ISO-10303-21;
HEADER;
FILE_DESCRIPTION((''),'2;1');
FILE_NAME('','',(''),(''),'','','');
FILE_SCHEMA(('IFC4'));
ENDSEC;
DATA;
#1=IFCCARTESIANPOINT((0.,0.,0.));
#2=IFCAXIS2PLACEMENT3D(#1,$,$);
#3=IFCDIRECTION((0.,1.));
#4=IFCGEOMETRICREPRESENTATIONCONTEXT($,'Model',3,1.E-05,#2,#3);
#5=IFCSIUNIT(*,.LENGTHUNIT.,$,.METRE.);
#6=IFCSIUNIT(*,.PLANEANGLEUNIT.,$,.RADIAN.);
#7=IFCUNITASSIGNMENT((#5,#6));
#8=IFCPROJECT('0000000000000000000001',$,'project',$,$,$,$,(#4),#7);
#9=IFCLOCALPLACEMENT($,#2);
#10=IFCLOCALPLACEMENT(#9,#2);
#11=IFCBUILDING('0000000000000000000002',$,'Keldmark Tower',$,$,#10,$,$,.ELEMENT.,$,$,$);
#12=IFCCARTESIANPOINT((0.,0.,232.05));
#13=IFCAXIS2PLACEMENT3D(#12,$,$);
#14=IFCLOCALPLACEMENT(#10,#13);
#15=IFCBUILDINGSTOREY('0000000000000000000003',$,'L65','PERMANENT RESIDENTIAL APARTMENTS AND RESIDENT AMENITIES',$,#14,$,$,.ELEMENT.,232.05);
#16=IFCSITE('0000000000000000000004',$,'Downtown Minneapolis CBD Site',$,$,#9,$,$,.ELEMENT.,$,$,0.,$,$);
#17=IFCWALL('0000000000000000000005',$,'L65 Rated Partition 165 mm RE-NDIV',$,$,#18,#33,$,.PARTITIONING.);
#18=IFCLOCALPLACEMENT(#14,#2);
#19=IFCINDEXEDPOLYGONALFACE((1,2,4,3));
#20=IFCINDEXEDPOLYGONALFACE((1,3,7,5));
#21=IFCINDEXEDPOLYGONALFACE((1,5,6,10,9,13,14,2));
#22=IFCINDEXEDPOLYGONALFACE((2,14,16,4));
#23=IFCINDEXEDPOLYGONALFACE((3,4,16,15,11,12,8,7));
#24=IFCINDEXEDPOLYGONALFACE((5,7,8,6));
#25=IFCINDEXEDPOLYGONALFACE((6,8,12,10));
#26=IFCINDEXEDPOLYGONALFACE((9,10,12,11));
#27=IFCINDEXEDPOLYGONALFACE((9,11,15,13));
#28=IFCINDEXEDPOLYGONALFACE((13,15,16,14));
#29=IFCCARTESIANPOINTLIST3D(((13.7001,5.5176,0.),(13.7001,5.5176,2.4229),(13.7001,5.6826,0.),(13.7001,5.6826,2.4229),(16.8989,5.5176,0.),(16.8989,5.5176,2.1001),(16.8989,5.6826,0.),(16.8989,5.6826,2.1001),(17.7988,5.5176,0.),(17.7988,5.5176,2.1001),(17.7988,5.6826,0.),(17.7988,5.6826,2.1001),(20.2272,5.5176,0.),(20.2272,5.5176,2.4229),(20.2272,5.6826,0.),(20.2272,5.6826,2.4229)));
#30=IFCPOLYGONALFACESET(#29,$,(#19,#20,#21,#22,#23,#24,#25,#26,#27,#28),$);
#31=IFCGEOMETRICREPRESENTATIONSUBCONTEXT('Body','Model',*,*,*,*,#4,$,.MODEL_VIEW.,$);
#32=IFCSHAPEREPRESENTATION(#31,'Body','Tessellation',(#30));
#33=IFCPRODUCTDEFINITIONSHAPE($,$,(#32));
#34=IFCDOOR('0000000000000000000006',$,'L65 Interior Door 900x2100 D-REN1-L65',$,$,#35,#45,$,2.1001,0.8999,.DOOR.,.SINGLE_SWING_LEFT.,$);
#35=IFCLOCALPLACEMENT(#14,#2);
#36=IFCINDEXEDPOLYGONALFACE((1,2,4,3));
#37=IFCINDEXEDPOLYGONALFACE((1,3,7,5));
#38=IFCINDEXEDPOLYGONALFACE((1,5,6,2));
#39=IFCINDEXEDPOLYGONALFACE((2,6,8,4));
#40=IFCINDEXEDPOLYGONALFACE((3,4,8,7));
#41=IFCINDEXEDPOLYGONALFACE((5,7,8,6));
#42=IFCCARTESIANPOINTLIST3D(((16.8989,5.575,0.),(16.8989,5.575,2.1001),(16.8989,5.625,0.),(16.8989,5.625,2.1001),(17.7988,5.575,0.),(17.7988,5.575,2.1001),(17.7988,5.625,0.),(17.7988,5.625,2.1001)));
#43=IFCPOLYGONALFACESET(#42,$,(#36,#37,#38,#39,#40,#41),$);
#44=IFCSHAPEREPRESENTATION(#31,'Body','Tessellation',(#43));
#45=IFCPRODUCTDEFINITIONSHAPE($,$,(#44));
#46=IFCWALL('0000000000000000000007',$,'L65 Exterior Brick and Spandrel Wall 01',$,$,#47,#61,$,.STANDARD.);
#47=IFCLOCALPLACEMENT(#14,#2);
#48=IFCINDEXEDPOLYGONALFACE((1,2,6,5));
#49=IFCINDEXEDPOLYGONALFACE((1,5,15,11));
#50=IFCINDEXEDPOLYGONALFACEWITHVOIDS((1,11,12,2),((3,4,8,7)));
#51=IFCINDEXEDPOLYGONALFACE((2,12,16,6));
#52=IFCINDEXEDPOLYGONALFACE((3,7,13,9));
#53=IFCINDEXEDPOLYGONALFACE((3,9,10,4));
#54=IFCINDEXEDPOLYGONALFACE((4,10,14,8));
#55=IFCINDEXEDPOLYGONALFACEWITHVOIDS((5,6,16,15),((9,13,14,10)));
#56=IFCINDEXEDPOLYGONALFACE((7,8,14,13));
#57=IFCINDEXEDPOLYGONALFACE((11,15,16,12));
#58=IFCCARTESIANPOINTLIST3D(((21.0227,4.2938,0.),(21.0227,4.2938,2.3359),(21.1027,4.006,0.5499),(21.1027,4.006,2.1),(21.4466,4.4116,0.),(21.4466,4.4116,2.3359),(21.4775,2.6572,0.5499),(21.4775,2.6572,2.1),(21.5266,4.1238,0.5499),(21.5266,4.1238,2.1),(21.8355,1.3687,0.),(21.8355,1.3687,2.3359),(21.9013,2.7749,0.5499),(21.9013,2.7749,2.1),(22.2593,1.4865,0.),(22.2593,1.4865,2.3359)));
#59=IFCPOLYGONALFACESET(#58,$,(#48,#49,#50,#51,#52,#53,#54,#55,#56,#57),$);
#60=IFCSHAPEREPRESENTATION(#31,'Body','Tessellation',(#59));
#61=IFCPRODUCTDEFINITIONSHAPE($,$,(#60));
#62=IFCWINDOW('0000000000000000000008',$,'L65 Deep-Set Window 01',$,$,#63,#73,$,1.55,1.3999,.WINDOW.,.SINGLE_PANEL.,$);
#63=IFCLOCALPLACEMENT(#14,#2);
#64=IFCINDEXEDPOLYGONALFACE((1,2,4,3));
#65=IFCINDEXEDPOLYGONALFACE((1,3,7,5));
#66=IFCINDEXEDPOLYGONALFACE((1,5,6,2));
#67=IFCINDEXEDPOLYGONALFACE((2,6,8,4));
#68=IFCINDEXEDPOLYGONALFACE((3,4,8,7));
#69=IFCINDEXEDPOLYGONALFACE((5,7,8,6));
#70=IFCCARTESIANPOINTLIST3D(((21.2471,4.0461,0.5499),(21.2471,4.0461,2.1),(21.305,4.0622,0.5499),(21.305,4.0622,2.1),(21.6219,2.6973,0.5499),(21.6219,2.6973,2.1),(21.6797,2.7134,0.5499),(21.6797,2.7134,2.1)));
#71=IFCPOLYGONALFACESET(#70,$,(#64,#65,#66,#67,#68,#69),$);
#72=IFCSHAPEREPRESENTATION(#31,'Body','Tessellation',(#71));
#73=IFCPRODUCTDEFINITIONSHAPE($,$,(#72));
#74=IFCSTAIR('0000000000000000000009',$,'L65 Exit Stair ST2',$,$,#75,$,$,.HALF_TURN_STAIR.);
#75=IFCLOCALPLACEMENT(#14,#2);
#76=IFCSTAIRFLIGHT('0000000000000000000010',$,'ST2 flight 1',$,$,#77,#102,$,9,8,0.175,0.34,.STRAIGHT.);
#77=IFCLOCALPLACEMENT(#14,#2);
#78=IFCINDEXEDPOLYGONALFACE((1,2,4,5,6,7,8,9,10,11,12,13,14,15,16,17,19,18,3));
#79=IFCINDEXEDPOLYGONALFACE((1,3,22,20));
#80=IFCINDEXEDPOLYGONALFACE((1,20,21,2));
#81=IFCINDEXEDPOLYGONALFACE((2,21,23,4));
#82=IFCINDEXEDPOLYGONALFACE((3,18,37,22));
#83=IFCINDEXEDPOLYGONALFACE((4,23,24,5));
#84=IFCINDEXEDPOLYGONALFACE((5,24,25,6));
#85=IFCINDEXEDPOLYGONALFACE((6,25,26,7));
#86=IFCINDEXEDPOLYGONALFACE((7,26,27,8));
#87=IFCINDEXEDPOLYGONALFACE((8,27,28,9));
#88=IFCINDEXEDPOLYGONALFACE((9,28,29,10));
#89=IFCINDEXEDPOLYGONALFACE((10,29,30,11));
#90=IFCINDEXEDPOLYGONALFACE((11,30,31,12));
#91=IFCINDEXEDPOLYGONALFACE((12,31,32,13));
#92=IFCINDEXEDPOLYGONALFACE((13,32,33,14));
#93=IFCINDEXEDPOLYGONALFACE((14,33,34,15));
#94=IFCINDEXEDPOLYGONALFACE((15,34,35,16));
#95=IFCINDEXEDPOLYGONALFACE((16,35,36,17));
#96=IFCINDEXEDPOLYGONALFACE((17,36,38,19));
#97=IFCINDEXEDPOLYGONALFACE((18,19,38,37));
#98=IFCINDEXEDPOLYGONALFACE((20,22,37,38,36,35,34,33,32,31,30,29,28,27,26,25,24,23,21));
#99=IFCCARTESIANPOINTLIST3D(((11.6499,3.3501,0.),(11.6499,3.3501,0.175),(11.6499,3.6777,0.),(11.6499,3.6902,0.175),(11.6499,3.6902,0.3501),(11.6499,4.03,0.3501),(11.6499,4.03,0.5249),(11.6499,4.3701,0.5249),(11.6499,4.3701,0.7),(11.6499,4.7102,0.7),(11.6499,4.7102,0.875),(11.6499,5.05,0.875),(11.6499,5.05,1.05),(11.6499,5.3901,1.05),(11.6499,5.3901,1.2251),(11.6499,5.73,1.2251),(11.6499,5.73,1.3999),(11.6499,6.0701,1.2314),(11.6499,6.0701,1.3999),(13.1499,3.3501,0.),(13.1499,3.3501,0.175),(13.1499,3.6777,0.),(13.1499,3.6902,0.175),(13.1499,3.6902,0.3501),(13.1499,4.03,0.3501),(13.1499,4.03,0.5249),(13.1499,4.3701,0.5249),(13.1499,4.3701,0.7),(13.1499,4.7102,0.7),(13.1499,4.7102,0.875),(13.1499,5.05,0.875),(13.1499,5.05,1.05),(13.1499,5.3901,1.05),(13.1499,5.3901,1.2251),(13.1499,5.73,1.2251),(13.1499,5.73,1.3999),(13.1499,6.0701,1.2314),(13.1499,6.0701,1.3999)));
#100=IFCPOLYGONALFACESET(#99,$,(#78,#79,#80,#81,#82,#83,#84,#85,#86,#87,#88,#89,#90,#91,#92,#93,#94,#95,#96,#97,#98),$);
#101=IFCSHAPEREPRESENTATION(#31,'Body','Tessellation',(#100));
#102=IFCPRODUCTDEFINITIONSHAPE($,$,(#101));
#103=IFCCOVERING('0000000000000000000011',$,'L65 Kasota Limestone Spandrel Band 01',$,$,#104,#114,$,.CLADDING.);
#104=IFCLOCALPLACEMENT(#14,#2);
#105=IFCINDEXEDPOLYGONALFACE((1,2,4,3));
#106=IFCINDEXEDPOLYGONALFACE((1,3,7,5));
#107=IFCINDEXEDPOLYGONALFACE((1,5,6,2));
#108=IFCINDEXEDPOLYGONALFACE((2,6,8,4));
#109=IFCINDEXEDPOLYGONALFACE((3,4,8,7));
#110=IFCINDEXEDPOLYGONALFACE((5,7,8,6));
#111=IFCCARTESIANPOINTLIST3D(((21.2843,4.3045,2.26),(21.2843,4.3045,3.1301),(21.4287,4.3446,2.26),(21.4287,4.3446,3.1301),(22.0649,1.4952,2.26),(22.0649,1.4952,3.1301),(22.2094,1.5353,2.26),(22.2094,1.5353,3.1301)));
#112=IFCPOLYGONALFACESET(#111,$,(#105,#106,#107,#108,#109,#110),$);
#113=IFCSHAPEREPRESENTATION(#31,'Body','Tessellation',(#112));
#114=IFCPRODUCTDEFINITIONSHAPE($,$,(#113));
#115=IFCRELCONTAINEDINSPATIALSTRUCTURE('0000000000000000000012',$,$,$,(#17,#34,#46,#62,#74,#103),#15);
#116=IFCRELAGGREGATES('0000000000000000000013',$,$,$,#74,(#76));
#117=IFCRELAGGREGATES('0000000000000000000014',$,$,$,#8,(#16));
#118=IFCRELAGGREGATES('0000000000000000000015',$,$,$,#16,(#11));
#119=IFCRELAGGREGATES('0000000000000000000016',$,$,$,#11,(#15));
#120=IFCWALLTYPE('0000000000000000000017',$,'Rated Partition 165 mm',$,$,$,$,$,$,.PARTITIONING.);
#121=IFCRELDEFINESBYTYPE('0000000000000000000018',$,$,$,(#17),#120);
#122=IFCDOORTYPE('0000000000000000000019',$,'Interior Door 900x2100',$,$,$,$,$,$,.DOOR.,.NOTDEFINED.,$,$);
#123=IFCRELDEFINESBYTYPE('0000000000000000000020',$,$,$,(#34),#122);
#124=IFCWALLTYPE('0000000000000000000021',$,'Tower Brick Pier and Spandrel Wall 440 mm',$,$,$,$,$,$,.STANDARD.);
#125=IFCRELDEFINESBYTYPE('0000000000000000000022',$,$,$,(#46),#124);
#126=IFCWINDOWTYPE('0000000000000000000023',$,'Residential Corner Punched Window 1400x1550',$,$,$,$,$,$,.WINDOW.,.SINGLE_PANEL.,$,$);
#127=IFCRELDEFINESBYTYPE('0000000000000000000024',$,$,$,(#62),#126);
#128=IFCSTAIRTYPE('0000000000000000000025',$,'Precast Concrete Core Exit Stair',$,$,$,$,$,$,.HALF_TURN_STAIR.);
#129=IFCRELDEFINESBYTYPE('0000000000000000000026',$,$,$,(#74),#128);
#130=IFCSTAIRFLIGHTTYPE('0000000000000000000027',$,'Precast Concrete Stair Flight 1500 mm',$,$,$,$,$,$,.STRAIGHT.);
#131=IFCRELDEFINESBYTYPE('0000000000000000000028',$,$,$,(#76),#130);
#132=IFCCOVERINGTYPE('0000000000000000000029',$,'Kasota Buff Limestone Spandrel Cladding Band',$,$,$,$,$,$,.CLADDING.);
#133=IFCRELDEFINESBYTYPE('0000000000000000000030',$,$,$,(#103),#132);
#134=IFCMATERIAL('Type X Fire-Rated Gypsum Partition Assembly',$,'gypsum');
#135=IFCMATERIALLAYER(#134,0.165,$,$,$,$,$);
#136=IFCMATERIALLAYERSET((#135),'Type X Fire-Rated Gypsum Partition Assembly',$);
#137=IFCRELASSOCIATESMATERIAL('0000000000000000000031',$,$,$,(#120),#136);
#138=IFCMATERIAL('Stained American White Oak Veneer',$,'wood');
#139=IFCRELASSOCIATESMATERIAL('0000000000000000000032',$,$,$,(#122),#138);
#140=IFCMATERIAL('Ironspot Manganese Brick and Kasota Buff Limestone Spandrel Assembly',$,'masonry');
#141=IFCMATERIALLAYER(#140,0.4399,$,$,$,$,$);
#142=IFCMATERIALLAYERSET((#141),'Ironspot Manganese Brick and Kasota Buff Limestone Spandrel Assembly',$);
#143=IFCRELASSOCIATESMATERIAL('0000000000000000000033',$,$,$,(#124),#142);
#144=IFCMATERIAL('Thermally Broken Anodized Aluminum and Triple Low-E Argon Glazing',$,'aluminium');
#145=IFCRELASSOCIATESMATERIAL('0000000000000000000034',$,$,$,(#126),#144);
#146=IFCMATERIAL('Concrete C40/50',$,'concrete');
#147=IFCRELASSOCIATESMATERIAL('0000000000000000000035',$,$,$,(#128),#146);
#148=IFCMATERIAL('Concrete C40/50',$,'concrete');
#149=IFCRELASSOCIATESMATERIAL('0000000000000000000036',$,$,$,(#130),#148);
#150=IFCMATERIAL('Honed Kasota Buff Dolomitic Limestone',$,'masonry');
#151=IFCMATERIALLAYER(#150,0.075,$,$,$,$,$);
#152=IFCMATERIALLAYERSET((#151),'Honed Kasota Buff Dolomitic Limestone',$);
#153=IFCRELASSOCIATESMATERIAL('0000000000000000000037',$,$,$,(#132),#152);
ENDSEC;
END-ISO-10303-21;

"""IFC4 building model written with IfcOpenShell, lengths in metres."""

from ifc_helpers import new_model, si_unit, direction, frame, frame_2d, origin, origin_2d, place, context, subcontext, project, spatial, polyline, rectangle, outline, extrude, material, layer, layer_set, type_object, element, fill, aggregate, save


model = new_model("IFC4")

# Units and contexts
model_context = context("Model", 3, precision=1e-05, world=origin(), true_north=direction((0.0, 1.0)))
body_context = subcontext(model_context, "Body", "Model", "MODEL_VIEW")
ifc_project = project(units=[si_unit("LENGTHUNIT", "METRE"), si_unit("PLANEANGLEUNIT", "RADIAN")], contexts=[model_context])

# Site, building, storey
site_placement = place(None, origin())
site = spatial("IfcSite", under=ifc_project, at=site_placement, Name="Downtown Minneapolis CBD Site", CompositionType="ELEMENT", RefElevation=0.0)
building_placement = place(site_placement, origin())
building = spatial("IfcBuilding", under=site, at=building_placement, Name="Keldmark Tower", CompositionType="ELEMENT")
storey_placement = place(building_placement, frame((0.0, 0.0, 232.05)))
storey = spatial("IfcBuildingStorey", under=building, at=storey_placement, Name="L65", Description="PERMANENT RESIDENTIAL APARTMENTS AND RESIDENT AMENITIES", CompositionType="ELEMENT", Elevation=232.05)

# Wall, opening, door
ifc_material_1 = material(Name="Type X Fire-Rated Gypsum Partition Assembly", Category="gypsum")
ifc_layer_1 = layer(ifc_material_1, 0.165)
ifc_layer_set_1 = layer_set([ifc_layer_1], Name="Type X Fire-Rated Gypsum Partition Assembly")
wall_type_1 = type_object("IfcWallType", Name="Rated Partition 165 mm", PredefinedType="PARTITIONING", material=ifc_layer_set_1)
wall_1_placement = place(storey_placement, frame((13.7, 5.6001, 0.0), z_axis=(0.0, 0.0, 1.0), x_axis=(1.0, 0.0, 0.0)))
wall_1 = element("IfcWall", 1, at=wall_1_placement, inside=storey, type_object=wall_type_1, Name="L65 Rated Partition 165 mm RE-NDIV", PredefinedType="PARTITIONING", context=body_context, shape_type="SweptSolid", body=[
    extrude(rectangle(XDim=6.5271, YDim=0.165, at=frame_2d((3.2637, 0.0))), origin(), (0.0, 0.0, 1.0), 2.4229),
])
opening_1_placement = place(wall_1_placement, frame((3.199, 0.0, 0.0)))
opening_1 = element("IfcOpeningElement", 2, at=opening_1_placement, cuts=wall_1, PredefinedType="OPENING", context=body_context, shape_type="SweptSolid", body=[
    extrude(rectangle(XDim=0.8999, YDim=2.1001, at=frame_2d((0.45, 1.05))), frame((0.0, 0.0925, 0.0), z_axis=(0.0, -1.0, 0.0), x_axis=(1.0, 0.0, 0.0)), (0.0, 0.0, 1.0), 0.1851),
])
ifc_material_2 = material(Name="Stained American White Oak Veneer", Category="wood")
door_type_1 = type_object("IfcDoorType", Name="Interior Door 900x2100", OperationType="NOTDEFINED", PredefinedType="DOOR", material=ifc_material_2)
door_1_placement = place(opening_1_placement, origin())
door_1 = element("IfcDoor", 3, at=door_1_placement, inside=storey, type_object=door_type_1, Name="L65 Interior Door 900x2100 D-REN1-L65", OperationType="SINGLE_SWING_LEFT", OverallHeight=2.1001, OverallWidth=0.8999, PredefinedType="DOOR", context=body_context, shape_type="SweptSolid", body=[
    extrude(rectangle(XDim=0.8999, YDim=2.1001, at=frame_2d((0.45, 1.05))), frame((0.0, 0.0249, 0.0), z_axis=(0.0, -1.0, 0.0), x_axis=(1.0, 0.0, 0.0)), (0.0, 0.0, 1.0), 0.05),
])
fill(opening_1, door_1)

# Wall, opening, window
ifc_material_3 = material(Name="Ironspot Manganese Brick and Kasota Buff Limestone Spandrel Assembly", Category="masonry")
ifc_layer_2 = layer(ifc_material_3, 0.4399)
ifc_layer_set_2 = layer_set([ifc_layer_2], Name="Ironspot Manganese Brick and Kasota Buff Limestone Spandrel Assembly")
wall_type_2 = type_object("IfcWallType", Name="Tower Brick Pier and Spandrel Wall 440 mm", PredefinedType="STANDARD", material=ifc_layer_set_2)
wall_2_placement = place(storey_placement, frame((21.2346, 4.3528, 0.0), z_axis=(0.0, 0.0, 1.0), x_axis=(0.267714, -0.963498, 0.0)))
wall_2 = element("IfcWall", 4, at=wall_2_placement, inside=storey, type_object=wall_type_2, Name="L65 Exterior Brick and Spandrel Wall 01", PredefinedType="STANDARD", context=body_context, shape_type="SweptSolid", body=[
    extrude(rectangle(XDim=3.0359, YDim=0.4399, at=frame_2d((1.5181, 0.0))), origin(), (0.0, 0.0, 1.0), 2.3359),
])
opening_2_placement = place(wall_2_placement, frame((0.2988, 0.0, 0.55)))
opening_2 = element("IfcOpeningElement", 5, at=opening_2_placement, cuts=wall_2, PredefinedType="OPENING", context=body_context, shape_type="SweptSolid", body=[
    extrude(rectangle(XDim=1.3999, YDim=1.55, at=frame_2d((0.7, 0.7749))), frame((0.0, 0.23, 0.0), z_axis=(0.0, -1.0, 0.0), x_axis=(1.0, 0.0, 0.0)), (0.0, 0.0, 1.0), 0.46),
])
ifc_material_4 = material(Name="Thermally Broken Anodized Aluminum and Triple Low-E Argon Glazing", Category="aluminium")
window_type = type_object("IfcWindowType", Name="Residential Corner Punched Window 1400x1550", PartitioningType="SINGLE_PANEL", PredefinedType="WINDOW", material=ifc_material_4)
window_placement = place(opening_2_placement, origin())
window = element("IfcWindow", 6, at=window_placement, inside=storey, type_object=window_type, Name="L65 Deep-Set Window 01", OverallHeight=1.55, OverallWidth=1.3999, PartitioningType="SINGLE_PANEL", PredefinedType="WINDOW", context=body_context, shape_type="SweptSolid", body=[
    extrude(rectangle(XDim=1.3999, YDim=1.55, at=frame_2d((0.7, 0.7749))), frame((0.0, -0.01, 0.0), z_axis=(0.0, -1.0, 0.0), x_axis=(1.0, 0.0, 0.0)), (0.0, 0.0, 1.0), 0.0601),
])
fill(opening_2, window)

# Stair, stair flight
ifc_material_5 = material(Name="Concrete C40/50", Category="concrete")
stair_type = type_object("IfcStairType", Name="Precast Concrete Core Exit Stair", PredefinedType="HALF_TURN_STAIR", material=ifc_material_5)
stair_placement = place(storey_placement, origin())
stair = element("IfcStair", 7, at=stair_placement, inside=storey, type_object=stair_type, Name="L65 Exit Stair ST2", PredefinedType="HALF_TURN_STAIR")
ifc_material_6 = material(Name="Concrete C40/50", Category="concrete")
stair_flight_type = type_object("IfcStairFlightType", Name="Precast Concrete Stair Flight 1500 mm", PredefinedType="STRAIGHT", material=ifc_material_6)
stair_flight_placement = place(storey_placement, frame((12.3999, 3.3501, 0.0), z_axis=(0.0, 0.0, 1.0), x_axis=(0.0, 1.0, 0.0)))
stair_flight = element("IfcStairFlight", 8, at=stair_flight_placement, type_object=stair_flight_type, Name="ST2 flight 1", NumberOfRisers=9, NumberOfTreads=8, PredefinedType="STRAIGHT", RiserHeight=0.175, TreadLength=0.34, context=body_context, shape_type="SweptSolid", body=[
    extrude(outline(polyline([(0.0, 0.0), (0.0, 0.175), (0.3401, 0.175), (0.3401, 0.3501), (0.6799, 0.3501), (0.6799, 0.5249), (1.02, 0.5249), (1.02, 0.7), (1.3601, 0.7), (1.3601, 0.875), (1.7, 0.875), (1.7, 1.05), (2.04, 1.05), (2.04, 1.2251), (2.3799, 1.2251), (2.3799, 1.3999), (2.72, 1.3999), (2.72, 1.575), (2.72, 1.2314), (0.3276, 0.0), (0.0, 0.0)])), frame((0.0, 0.75, 0.0), z_axis=(0.0, -1.0, 0.0), x_axis=(1.0, 0.0, 0.0)), (0.0, 0.0, 1.0), 1.5),
])
aggregate(stair, [stair_flight])

# Covering
ifc_material_7 = material(Name="Honed Kasota Buff Dolomitic Limestone", Category="masonry")
ifc_layer_3 = layer(ifc_material_7, 0.075)
ifc_layer_set_3 = layer_set([ifc_layer_3], Name="Honed Kasota Buff Dolomitic Limestone")
covering_type = type_object("IfcCoveringType", Name="Kasota Buff Limestone Spandrel Cladding Band", PredefinedType="CLADDING", material=ifc_layer_set_3)
covering_placement = place(storey_placement, frame((21.7468, 2.9199, 2.26), z_axis=(0.0, 0.0, 1.0), x_axis=(-0.267743, 0.96349, 0.0)))
element("IfcCovering", 9, at=covering_placement, inside=storey, type_object=covering_type, Name="L65 Kasota Limestone Spandrel Band 01", PredefinedType="CLADDING", context=body_context, shape_type="SweptSolid", body=[
    extrude(rectangle(XDim=2.9158, YDim=0.1499, at=origin_2d()), origin(), (0.0, 0.0, 1.0), 0.8701),
])

save(model, "model.ifc")
